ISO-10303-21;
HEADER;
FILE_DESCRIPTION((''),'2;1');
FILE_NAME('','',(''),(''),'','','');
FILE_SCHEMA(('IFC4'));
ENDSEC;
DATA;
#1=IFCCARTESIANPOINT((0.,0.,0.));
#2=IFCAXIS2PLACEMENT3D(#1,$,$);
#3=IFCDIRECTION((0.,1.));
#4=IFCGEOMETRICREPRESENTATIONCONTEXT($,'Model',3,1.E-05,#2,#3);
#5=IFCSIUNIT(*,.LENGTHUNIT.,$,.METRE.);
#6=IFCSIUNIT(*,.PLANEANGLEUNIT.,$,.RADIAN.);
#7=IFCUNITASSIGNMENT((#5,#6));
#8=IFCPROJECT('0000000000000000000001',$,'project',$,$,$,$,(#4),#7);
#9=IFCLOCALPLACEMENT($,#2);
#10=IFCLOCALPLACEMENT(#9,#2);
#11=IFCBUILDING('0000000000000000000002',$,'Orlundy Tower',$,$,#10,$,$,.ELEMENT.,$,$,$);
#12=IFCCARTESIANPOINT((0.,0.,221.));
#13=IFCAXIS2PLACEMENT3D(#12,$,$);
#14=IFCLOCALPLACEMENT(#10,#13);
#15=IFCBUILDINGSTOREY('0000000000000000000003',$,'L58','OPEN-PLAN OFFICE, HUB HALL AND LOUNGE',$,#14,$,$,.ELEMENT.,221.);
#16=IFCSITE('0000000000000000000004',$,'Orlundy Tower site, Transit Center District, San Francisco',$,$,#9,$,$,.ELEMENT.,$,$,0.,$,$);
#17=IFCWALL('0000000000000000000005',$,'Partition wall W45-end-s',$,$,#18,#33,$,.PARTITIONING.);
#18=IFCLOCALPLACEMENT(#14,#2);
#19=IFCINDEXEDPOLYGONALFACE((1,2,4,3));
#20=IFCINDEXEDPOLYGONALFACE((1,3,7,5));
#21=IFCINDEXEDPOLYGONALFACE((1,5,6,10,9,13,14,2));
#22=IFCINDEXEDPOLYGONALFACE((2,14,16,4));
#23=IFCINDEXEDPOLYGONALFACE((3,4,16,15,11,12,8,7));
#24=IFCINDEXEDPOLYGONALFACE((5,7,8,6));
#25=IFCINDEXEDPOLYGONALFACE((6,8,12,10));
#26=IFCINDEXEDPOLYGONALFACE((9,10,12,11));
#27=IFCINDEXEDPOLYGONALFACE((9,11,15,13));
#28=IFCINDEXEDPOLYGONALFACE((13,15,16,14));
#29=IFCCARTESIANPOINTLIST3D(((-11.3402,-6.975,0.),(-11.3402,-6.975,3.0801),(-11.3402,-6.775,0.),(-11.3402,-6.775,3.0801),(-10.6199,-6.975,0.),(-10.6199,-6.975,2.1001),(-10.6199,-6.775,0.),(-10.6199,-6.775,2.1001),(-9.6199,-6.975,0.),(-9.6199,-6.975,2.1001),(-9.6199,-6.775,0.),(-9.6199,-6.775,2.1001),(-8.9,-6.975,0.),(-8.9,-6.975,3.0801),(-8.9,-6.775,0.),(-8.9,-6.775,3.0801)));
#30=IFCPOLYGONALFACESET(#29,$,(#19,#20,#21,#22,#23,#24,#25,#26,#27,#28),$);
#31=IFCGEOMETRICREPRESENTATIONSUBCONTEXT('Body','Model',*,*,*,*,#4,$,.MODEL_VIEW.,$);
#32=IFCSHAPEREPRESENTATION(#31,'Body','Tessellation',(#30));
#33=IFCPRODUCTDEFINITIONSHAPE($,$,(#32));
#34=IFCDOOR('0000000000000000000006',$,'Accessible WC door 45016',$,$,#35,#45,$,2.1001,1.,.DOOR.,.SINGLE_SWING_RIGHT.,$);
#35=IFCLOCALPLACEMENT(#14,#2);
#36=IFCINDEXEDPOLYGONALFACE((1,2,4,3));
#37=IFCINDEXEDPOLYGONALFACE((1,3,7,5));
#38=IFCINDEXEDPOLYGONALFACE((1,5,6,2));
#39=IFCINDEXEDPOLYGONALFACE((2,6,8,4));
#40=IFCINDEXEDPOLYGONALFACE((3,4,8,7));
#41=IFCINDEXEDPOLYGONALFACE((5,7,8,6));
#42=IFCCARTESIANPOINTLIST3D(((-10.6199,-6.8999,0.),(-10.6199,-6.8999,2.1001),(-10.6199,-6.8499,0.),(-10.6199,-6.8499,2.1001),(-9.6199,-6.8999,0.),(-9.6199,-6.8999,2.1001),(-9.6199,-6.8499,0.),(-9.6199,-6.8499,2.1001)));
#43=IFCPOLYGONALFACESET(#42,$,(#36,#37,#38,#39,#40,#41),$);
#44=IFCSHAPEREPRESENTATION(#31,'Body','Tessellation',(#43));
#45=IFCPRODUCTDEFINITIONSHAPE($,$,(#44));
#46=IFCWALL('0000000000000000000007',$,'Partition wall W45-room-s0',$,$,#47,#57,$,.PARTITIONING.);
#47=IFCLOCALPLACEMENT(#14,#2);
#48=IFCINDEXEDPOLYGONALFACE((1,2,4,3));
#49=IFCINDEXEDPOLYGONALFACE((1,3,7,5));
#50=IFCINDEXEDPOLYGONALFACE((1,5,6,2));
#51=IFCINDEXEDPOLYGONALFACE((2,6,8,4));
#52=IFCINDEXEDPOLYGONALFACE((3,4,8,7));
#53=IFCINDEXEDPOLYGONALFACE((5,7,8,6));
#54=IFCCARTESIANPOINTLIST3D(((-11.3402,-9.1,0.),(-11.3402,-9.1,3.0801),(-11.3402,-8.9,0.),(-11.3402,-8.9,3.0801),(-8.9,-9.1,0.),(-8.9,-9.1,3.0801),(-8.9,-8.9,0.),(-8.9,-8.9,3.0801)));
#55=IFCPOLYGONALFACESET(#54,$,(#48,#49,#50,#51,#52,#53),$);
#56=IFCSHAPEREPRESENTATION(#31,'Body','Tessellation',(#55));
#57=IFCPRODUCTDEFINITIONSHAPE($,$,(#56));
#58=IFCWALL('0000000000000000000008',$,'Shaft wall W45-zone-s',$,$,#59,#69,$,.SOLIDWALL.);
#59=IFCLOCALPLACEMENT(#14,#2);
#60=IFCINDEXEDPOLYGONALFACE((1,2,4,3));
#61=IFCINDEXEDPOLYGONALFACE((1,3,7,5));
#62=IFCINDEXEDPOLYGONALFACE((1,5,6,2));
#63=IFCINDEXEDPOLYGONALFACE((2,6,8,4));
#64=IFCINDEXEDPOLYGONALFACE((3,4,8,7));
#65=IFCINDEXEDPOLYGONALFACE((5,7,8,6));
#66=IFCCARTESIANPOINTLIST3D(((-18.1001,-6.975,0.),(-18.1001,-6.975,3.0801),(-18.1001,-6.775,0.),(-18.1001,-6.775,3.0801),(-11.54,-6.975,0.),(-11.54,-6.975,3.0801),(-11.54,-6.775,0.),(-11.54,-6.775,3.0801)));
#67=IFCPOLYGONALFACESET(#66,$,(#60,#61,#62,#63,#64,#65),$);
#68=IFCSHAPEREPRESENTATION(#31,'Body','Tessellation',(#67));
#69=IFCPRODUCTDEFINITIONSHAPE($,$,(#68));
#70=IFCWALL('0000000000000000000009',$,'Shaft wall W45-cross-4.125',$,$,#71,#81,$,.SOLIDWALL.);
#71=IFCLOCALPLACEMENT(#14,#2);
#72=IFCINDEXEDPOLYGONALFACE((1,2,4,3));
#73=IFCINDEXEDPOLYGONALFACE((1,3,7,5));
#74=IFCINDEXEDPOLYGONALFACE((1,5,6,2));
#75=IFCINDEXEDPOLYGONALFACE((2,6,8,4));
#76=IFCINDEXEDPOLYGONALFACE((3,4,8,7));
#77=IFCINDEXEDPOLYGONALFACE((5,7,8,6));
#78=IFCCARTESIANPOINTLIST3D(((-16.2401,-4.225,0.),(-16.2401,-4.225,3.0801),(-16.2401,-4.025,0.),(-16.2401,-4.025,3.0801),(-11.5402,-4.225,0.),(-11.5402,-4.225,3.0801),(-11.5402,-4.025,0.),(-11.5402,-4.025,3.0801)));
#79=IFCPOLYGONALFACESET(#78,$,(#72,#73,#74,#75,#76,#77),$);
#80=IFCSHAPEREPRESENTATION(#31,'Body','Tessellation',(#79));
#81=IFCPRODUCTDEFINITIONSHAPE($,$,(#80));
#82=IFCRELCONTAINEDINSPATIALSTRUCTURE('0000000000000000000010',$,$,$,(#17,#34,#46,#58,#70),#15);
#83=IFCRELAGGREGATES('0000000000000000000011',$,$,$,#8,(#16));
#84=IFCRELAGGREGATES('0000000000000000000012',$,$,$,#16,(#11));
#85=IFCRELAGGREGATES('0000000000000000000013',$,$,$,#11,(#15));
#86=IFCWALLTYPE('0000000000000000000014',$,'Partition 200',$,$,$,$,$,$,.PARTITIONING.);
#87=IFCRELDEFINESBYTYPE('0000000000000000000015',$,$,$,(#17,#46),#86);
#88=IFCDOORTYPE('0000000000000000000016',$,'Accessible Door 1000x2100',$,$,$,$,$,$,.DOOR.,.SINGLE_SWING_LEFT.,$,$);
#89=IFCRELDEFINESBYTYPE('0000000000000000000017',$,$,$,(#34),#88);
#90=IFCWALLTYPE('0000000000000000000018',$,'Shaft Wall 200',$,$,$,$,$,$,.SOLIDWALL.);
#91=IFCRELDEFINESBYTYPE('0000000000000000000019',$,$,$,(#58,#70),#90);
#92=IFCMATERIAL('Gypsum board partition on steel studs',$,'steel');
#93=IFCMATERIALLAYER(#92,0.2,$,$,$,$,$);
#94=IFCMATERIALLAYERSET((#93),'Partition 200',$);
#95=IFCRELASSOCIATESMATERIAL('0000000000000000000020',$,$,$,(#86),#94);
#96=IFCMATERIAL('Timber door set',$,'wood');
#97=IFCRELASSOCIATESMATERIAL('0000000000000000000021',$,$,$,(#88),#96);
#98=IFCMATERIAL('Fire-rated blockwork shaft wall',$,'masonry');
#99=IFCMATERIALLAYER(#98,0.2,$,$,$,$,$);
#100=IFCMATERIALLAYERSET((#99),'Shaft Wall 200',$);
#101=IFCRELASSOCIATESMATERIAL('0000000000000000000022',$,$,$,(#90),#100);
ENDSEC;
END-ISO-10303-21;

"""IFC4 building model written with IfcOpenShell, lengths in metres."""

from ifc_helpers import new_model, si_unit, direction, frame, frame_2d, origin, place, context, subcontext, project, spatial, rectangle, extrude, material, layer, layer_set, type_object, element, fill, save


model = new_model("IFC4")

# Units and contexts
model_context = context("Model", 3, precision=1e-05, world=origin(), true_north=direction((0.0, 1.0)))
body_context = subcontext(model_context, "Body", "Model", "MODEL_VIEW")
ifc_project = project(units=[si_unit("LENGTHUNIT", "METRE"), si_unit("PLANEANGLEUNIT", "RADIAN")], contexts=[model_context])

# Site, building, storey
site_placement = place(None, origin())
site = spatial("IfcSite", under=ifc_project, at=site_placement, Name="Orlundy Tower site, Transit Center District, San Francisco", CompositionType="ELEMENT", RefElevation=0.0)
building_placement = place(site_placement, origin())
building = spatial("IfcBuilding", under=site, at=building_placement, Name="Orlundy Tower", CompositionType="ELEMENT")
storey_placement = place(building_placement, frame((0.0, 0.0, 221.0)))
storey = spatial("IfcBuildingStorey", under=building, at=storey_placement, Name="L58", Description="OPEN-PLAN OFFICE, HUB HALL AND LOUNGE", CompositionType="ELEMENT", Elevation=221.0)

# Wall, opening, door
ifc_material_1 = material(Name="Gypsum board partition on steel studs", Category="steel")
ifc_layer_1 = layer(ifc_material_1, 0.2)
ifc_layer_set_1 = layer_set([ifc_layer_1], Name="Partition 200")
wall_type_1 = type_object("IfcWallType", Name="Partition 200", PredefinedType="PARTITIONING", material=ifc_layer_set_1)
wall_1_placement = place(storey_placement, frame((-8.8999, -6.875, 0.0), z_axis=(0.0, 0.0, 1.0), x_axis=(-1.0, 0.0, 0.0)))
wall_1 = element("IfcWall", 1, at=wall_1_placement, inside=storey, type_object=wall_type_1, Name="Partition wall W45-end-s", PredefinedType="PARTITIONING", context=body_context, shape_type="SweptSolid", body=[
    extrude(rectangle(XDim=2.4402, YDim=0.2, at=frame_2d((1.2202, 0.0))), origin(), (0.0, 0.0, 1.0), 3.0801),
])
opening_1_placement = place(wall_1_placement, frame((0.72, 0.0, 0.0)))
opening_1 = element("IfcOpeningElement", 2, at=opening_1_placement, cuts=wall_1, PredefinedType="OPENING", context=body_context, shape_type="SweptSolid", body=[
    extrude(rectangle(XDim=1.0, YDim=2.1001, at=frame_2d((0.5, 1.05))), frame((0.0, 0.1101, 0.0), z_axis=(0.0, -1.0, 0.0), x_axis=(1.0, 0.0, 0.0)), (0.0, 0.0, 1.0), 0.2202),
])
ifc_material_2 = material(Name="Timber door set", Category="wood")
door_type_1 = type_object("IfcDoorType", Name="Accessible Door 1000x2100", OperationType="SINGLE_SWING_LEFT", PredefinedType="DOOR", material=ifc_material_2)
door_1_placement = place(opening_1_placement, origin())
door_1 = element("IfcDoor", 3, at=door_1_placement, inside=storey, type_object=door_type_1, Name="Accessible WC door 45016", OperationType="SINGLE_SWING_RIGHT", OverallHeight=2.1001, OverallWidth=1.0, PredefinedType="DOOR", context=body_context, shape_type="SweptSolid", body=[
    extrude(rectangle(XDim=1.0, YDim=2.1001, at=frame_2d((0.5, 1.05))), frame((0.0, 0.0249, 0.0), z_axis=(0.0, -1.0, 0.0), x_axis=(1.0, 0.0, 0.0)), (0.0, 0.0, 1.0), 0.05),
])
fill(opening_1, door_1)

# Walls
wall_2_placement = place(storey_placement, frame((-8.8999, -9.0, 0.0), z_axis=(0.0, 0.0, 1.0), x_axis=(-1.0, 0.0, 0.0)))
element("IfcWall", 4, at=wall_2_placement, inside=storey, type_object=wall_type_1, Name="Partition wall W45-room-s0", PredefinedType="PARTITIONING", context=body_context, shape_type="SweptSolid", body=[
    extrude(rectangle(XDim=2.4402, YDim=0.2, at=frame_2d((1.2202, 0.0))), origin(), (0.0, 0.0, 1.0), 3.0801),
])
ifc_material_3 = material(Name="Fire-rated blockwork shaft wall", Category="masonry")
ifc_layer_2 = layer(ifc_material_3, 0.2)
ifc_layer_set_2 = layer_set([ifc_layer_2], Name="Shaft Wall 200")
wall_type_2 = type_object("IfcWallType", Name="Shaft Wall 200", PredefinedType="SOLIDWALL", material=ifc_layer_set_2)
wall_3_placement = place(storey_placement, frame((-11.54, -6.875, 0.0), z_axis=(0.0, 0.0, 1.0), x_axis=(-1.0, 0.0, 0.0)))
element("IfcWall", 5, at=wall_3_placement, inside=storey, type_object=wall_type_2, Name="Shaft wall W45-zone-s", PredefinedType="SOLIDWALL", context=body_context, shape_type="SweptSolid", body=[
    extrude(rectangle(XDim=6.5601, YDim=0.2, at=frame_2d((3.28, 0.0))), origin(), (0.0, 0.0, 1.0), 3.0801),
])
wall_4_placement = place(storey_placement, frame((-11.54, -4.125, 0.0), z_axis=(0.0, 0.0, 1.0), x_axis=(-1.0, 0.0, 0.0)))
element("IfcWall", 6, at=wall_4_placement, inside=storey, type_object=wall_type_2, Name="Shaft wall W45-cross-4.125", PredefinedType="SOLIDWALL", context=body_context, shape_type="SweptSolid", body=[
    extrude(rectangle(XDim=4.7, YDim=0.2, at=frame_2d((2.3501, 0.0))), origin(), (0.0, 0.0, 1.0), 3.0801),
])

save(model, "model.ifc")
